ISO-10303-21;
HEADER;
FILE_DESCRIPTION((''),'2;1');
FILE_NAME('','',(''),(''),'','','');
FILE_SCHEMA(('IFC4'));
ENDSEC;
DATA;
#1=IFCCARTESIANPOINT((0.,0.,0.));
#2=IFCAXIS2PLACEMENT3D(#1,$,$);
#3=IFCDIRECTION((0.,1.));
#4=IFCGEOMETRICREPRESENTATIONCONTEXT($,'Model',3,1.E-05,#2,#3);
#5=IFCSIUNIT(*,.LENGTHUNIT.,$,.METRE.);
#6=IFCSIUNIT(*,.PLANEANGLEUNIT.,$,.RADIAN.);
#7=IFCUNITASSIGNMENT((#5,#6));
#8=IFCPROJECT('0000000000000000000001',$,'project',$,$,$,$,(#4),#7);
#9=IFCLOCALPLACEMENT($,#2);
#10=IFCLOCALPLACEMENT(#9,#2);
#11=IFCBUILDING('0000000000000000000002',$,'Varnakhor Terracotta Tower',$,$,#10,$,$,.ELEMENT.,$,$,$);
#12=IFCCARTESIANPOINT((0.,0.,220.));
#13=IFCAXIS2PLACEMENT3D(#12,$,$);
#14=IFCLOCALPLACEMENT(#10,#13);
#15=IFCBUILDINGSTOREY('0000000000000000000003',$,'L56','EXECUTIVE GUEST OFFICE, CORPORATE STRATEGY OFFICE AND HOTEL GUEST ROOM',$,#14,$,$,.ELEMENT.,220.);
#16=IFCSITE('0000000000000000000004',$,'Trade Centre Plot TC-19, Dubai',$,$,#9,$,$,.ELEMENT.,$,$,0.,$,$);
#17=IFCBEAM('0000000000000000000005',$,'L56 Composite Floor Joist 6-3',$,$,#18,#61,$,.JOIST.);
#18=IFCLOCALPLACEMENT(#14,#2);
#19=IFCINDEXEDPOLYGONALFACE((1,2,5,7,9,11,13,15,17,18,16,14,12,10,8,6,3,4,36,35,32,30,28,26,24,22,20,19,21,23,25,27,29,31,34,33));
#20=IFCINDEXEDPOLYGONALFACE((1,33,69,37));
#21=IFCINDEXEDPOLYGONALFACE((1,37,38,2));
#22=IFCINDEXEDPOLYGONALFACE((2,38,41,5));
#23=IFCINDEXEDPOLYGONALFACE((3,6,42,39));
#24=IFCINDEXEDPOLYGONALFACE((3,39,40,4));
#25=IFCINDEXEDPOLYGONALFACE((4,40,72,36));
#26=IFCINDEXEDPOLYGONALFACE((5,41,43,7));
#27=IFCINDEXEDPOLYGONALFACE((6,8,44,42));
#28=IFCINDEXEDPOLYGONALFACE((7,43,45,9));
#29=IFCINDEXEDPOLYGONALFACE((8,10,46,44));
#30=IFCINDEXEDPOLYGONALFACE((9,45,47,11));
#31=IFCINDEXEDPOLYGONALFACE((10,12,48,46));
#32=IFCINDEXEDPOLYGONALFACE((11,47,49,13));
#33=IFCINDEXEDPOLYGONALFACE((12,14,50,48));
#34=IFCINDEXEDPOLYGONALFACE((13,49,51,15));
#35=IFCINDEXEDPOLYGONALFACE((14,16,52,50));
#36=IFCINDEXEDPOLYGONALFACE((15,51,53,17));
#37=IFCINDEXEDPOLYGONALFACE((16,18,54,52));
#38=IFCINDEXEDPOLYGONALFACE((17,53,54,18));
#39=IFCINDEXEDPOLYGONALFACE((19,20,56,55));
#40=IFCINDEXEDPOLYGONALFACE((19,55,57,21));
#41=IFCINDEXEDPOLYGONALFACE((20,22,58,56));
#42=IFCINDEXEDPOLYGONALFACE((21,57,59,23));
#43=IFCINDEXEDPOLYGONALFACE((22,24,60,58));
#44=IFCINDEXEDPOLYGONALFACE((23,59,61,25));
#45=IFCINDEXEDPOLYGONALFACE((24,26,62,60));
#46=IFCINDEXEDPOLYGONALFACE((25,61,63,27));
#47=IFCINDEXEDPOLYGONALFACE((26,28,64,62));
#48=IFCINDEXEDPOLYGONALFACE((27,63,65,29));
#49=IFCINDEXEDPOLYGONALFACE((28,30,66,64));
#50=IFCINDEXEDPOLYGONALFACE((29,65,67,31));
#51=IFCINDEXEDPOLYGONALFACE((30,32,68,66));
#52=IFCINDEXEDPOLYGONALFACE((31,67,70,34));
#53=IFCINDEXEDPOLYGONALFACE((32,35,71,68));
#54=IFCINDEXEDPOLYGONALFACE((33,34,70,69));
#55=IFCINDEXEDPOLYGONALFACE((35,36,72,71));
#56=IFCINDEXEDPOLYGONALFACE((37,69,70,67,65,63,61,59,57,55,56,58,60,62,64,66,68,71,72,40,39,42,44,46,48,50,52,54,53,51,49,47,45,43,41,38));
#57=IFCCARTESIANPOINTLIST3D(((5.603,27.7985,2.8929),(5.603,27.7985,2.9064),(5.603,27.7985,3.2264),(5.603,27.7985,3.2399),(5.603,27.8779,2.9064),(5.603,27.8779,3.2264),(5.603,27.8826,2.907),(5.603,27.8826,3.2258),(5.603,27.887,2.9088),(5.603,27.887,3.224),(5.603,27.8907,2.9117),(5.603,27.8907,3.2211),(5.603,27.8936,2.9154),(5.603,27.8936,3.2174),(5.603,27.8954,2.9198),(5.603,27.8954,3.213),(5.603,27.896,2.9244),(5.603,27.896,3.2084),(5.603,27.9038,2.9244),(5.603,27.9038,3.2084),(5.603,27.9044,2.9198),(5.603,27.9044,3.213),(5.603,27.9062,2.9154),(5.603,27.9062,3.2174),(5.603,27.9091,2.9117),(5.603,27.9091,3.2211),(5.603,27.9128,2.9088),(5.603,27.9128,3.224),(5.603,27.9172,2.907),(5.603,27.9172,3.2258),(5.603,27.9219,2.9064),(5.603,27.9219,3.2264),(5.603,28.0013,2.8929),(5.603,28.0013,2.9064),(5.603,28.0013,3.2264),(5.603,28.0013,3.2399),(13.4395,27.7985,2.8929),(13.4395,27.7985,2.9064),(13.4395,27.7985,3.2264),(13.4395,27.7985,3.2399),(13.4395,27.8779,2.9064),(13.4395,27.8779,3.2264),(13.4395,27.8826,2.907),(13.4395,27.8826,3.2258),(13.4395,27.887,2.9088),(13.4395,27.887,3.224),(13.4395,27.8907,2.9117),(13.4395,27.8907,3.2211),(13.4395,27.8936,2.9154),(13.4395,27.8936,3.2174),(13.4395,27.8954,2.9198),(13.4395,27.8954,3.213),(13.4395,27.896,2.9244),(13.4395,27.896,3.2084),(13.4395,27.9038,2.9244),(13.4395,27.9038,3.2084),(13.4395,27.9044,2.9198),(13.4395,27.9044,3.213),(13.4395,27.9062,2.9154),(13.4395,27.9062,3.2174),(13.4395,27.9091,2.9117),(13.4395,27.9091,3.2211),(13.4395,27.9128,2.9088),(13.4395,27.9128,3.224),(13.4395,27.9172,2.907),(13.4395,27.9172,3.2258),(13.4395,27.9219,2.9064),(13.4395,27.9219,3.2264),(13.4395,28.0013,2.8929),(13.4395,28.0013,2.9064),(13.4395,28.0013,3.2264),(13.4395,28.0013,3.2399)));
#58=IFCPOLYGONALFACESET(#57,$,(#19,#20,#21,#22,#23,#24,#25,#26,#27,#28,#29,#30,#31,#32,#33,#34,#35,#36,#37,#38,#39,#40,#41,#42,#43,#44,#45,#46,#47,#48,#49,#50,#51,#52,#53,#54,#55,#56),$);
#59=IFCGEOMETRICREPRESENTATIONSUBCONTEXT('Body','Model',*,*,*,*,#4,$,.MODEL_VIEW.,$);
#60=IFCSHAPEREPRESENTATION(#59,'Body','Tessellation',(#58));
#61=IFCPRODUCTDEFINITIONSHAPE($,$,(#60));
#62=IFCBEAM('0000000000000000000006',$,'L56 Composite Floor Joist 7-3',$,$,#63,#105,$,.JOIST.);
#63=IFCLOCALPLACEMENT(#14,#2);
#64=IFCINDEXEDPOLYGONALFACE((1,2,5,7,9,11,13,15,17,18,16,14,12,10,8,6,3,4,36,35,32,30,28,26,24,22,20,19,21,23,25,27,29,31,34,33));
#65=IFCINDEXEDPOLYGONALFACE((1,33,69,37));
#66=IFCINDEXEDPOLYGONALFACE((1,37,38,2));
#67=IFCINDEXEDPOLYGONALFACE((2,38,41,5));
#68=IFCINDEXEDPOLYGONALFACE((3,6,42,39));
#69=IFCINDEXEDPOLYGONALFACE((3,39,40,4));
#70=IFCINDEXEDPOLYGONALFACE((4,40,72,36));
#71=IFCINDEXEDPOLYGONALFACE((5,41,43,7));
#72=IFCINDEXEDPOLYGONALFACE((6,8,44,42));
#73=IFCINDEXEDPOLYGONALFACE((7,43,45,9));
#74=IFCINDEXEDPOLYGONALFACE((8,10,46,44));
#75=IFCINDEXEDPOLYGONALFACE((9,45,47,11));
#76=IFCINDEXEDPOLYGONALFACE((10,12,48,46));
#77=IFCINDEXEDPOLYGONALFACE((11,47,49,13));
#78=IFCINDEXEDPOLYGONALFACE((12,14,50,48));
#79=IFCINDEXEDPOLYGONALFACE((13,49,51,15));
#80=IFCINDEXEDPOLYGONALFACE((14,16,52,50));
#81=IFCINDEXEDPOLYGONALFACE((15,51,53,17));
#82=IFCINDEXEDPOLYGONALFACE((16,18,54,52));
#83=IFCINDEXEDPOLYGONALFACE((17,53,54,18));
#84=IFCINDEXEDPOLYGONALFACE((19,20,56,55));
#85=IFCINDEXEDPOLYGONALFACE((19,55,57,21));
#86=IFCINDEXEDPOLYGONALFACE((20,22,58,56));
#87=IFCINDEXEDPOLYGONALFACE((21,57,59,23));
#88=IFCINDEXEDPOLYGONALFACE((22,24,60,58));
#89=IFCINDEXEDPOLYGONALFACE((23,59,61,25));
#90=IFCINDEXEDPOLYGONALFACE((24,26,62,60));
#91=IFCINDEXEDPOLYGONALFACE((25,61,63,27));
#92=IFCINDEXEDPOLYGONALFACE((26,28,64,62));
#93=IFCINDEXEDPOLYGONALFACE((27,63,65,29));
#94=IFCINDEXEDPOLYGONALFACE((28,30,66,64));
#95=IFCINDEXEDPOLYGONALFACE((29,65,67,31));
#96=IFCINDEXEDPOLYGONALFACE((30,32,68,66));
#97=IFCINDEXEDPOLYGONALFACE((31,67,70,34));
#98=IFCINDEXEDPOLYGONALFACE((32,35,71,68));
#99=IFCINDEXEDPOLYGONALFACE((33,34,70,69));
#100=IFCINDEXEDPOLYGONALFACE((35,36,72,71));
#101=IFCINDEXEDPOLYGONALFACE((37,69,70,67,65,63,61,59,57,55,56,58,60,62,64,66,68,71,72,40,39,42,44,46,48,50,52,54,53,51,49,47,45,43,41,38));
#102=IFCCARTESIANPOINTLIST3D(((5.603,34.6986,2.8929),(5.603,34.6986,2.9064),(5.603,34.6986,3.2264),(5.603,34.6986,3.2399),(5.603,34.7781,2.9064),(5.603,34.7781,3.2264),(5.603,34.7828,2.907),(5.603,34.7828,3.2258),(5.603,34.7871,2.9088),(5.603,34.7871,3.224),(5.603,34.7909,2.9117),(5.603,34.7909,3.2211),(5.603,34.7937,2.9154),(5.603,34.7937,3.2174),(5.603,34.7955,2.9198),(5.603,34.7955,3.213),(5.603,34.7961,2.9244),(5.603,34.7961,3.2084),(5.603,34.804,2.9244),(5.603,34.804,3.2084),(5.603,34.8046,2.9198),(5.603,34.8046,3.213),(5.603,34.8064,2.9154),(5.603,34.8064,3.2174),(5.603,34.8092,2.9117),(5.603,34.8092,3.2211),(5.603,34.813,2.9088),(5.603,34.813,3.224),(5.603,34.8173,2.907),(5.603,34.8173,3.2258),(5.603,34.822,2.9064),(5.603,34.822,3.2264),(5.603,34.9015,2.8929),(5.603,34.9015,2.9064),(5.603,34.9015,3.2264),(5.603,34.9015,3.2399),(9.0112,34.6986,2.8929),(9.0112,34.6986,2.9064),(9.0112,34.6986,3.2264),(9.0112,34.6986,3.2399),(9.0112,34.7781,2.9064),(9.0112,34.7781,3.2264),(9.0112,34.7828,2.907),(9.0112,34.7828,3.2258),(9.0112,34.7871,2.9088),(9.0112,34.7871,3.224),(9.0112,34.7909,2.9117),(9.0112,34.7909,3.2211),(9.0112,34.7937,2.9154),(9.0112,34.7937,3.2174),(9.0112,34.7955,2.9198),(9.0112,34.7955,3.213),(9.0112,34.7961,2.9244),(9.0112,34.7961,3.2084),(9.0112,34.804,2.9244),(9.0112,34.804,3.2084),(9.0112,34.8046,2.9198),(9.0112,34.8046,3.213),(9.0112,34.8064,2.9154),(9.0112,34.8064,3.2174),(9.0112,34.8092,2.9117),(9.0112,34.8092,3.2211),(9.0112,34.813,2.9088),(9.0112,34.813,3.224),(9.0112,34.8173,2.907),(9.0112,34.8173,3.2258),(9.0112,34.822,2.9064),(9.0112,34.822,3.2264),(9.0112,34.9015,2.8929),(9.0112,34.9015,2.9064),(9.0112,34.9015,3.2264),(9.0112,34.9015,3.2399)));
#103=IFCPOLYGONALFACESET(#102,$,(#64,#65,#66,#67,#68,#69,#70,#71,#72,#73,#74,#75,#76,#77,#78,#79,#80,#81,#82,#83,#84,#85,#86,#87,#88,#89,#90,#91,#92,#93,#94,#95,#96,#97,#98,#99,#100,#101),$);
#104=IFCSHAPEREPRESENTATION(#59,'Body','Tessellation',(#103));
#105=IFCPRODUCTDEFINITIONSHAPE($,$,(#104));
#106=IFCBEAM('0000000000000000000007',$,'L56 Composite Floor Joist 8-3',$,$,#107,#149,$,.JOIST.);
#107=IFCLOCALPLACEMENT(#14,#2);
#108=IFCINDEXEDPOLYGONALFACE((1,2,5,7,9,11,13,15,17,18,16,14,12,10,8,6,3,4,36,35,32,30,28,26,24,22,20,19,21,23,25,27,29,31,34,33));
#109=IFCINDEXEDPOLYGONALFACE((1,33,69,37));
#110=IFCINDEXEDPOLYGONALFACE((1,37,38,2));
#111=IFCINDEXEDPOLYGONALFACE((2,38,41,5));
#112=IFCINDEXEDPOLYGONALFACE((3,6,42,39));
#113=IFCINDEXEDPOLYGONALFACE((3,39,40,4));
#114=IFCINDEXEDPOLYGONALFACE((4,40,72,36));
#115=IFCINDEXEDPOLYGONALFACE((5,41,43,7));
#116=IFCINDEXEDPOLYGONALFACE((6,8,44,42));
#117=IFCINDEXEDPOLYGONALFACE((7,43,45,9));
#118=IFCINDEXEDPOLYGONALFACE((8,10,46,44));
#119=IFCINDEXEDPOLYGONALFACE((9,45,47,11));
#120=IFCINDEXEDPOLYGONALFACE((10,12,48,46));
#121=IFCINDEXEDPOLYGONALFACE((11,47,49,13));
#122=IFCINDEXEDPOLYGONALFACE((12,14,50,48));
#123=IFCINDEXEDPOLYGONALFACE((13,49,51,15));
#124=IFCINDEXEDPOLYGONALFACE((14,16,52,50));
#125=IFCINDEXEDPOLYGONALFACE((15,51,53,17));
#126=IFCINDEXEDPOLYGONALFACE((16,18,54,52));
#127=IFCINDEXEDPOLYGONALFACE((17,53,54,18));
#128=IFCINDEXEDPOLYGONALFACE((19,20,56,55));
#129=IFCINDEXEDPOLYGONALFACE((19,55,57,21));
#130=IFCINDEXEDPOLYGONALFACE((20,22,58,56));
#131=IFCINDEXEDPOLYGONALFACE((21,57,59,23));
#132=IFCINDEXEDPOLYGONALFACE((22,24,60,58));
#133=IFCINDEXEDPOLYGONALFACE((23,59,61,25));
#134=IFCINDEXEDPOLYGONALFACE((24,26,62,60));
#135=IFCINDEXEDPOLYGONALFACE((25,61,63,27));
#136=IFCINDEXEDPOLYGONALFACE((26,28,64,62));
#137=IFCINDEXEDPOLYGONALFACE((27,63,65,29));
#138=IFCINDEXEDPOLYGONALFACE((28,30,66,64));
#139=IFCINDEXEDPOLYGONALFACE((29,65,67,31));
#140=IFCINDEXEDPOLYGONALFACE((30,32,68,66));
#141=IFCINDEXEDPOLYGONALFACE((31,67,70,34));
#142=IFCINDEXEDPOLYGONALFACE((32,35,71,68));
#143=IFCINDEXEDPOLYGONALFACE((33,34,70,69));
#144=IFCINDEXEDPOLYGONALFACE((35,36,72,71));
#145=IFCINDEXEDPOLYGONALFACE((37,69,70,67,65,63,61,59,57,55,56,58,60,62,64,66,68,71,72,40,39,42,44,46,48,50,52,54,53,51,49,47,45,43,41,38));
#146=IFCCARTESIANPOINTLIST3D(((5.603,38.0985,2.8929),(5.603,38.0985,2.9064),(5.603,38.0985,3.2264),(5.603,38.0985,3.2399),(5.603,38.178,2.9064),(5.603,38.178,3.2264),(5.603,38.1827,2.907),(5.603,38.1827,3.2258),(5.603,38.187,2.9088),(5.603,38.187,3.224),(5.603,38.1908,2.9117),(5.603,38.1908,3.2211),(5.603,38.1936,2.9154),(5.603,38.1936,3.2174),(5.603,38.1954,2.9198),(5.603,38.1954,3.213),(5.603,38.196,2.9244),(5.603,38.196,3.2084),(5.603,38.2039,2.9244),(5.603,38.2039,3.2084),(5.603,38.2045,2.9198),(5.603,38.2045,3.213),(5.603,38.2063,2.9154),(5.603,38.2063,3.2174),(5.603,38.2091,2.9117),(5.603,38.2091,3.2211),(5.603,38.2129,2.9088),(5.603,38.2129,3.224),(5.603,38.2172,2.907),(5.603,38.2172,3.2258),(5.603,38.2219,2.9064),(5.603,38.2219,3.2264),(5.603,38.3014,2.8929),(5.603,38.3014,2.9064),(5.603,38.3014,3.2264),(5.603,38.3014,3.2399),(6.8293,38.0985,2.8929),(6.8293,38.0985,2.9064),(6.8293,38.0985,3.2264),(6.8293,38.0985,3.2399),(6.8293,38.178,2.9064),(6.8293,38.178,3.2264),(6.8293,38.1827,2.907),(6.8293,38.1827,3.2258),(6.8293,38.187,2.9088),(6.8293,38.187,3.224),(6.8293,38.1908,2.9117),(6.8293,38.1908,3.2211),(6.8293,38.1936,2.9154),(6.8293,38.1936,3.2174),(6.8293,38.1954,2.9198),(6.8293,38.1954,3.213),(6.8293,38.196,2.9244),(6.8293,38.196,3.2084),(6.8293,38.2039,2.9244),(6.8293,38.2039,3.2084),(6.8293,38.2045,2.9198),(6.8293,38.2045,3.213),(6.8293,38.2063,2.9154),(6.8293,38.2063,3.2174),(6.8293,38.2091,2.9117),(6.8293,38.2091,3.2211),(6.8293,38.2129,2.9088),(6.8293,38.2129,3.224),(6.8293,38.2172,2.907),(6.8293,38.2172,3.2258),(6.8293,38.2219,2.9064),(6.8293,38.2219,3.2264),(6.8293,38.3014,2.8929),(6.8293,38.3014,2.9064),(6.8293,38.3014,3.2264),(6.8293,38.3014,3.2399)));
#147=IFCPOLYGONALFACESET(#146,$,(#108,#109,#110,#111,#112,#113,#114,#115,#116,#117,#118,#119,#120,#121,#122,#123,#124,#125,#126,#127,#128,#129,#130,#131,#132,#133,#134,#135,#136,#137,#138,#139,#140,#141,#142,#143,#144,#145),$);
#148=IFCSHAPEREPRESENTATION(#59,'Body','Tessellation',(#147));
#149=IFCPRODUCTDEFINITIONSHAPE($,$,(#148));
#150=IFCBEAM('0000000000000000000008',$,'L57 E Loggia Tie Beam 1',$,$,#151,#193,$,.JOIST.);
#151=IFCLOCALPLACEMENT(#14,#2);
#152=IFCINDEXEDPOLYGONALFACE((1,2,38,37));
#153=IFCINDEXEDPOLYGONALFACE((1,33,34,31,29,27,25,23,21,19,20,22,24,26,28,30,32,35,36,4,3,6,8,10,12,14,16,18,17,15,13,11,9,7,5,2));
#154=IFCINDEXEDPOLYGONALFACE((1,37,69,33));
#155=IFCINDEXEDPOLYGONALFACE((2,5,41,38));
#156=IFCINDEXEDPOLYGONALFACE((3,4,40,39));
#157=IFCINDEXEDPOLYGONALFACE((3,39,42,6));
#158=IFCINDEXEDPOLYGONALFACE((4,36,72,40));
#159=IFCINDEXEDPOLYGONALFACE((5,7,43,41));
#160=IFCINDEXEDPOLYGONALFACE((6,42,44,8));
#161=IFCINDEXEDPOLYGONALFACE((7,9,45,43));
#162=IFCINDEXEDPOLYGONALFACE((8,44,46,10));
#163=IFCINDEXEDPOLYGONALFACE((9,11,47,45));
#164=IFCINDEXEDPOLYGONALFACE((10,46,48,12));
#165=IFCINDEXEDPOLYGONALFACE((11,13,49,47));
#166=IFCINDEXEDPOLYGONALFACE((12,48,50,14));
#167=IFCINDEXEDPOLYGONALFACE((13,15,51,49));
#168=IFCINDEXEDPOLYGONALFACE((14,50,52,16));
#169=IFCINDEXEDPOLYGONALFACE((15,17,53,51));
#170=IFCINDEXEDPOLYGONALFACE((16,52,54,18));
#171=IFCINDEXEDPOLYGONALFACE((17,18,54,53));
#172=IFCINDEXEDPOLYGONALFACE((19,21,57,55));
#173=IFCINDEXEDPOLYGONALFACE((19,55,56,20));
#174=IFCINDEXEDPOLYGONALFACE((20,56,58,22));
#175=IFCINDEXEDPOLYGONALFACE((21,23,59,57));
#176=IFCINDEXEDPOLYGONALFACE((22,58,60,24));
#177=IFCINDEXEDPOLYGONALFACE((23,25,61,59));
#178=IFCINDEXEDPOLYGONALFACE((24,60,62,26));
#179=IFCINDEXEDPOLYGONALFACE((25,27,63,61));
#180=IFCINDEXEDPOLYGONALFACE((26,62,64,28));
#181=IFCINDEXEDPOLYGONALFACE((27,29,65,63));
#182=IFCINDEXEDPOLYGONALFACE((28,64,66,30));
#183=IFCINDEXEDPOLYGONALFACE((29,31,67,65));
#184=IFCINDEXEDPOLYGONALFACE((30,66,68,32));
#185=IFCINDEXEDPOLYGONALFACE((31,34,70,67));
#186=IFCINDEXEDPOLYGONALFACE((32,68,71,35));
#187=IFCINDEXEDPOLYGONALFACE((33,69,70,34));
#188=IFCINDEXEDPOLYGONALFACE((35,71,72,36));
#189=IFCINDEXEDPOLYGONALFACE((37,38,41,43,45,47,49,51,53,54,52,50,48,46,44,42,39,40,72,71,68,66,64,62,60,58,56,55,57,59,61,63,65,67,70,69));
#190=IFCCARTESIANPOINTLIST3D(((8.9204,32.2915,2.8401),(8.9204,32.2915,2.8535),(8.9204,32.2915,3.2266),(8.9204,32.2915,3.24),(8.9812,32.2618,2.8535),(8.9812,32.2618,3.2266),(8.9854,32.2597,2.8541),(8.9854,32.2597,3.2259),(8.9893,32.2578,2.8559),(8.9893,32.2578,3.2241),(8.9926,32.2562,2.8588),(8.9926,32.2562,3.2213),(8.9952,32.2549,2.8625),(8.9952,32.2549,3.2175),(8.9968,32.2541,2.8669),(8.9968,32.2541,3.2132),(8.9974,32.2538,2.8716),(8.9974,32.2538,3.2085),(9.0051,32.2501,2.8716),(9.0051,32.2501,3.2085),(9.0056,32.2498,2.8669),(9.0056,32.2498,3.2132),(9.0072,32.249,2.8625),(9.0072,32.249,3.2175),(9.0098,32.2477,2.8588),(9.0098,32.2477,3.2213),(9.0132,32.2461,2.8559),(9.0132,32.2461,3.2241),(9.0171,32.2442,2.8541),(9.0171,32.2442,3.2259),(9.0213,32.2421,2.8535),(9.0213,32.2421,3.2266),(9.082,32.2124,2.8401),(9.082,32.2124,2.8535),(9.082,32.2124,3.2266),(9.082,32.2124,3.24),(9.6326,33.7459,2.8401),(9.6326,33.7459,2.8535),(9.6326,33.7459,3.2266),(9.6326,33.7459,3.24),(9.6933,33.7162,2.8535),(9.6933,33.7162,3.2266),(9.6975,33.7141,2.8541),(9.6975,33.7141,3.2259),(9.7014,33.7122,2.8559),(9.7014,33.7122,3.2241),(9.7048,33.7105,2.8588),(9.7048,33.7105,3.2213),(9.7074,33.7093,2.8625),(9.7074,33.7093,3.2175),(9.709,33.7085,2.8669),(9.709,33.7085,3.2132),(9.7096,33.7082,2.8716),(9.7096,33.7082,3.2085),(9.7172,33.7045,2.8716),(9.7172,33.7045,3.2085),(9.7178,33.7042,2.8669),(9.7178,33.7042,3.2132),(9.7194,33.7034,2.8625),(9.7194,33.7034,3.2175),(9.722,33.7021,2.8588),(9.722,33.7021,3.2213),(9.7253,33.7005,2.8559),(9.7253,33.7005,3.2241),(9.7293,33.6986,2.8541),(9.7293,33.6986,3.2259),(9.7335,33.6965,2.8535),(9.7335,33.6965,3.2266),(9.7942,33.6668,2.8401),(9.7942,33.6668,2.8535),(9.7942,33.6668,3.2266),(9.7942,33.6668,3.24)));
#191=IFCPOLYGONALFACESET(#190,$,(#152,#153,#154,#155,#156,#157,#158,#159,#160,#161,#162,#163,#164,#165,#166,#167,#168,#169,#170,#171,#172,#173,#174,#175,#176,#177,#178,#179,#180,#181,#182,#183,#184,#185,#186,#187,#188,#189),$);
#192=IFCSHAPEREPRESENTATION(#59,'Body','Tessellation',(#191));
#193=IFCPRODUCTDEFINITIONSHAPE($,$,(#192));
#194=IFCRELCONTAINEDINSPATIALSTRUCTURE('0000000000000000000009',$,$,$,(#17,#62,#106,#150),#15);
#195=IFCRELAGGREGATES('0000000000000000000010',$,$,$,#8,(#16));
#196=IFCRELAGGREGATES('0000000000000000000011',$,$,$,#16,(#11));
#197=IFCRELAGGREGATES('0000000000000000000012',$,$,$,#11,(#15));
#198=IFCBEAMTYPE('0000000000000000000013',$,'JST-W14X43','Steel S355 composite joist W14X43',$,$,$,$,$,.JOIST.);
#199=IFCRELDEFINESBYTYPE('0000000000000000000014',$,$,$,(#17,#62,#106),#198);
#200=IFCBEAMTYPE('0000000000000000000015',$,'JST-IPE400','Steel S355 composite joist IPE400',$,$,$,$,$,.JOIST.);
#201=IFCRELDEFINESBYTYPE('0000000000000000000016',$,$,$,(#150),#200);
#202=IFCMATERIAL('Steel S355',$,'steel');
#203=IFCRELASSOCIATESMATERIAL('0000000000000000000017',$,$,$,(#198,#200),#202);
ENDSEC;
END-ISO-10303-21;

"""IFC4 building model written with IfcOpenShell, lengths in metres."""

from ifc_helpers import new_model, si_unit, direction, frame, origin, origin_2d, place, context, subcontext, project, spatial, i_section, extrude, source, transform, mapped, material, material_profile, profile_set, type_object, element, save


model = new_model("IFC4")

# Units and contexts
model_context = context("Model", 3, precision=1e-05, world=origin(), true_north=direction((0.0, 1.0)))
body_context = subcontext(model_context, "Body", "Model", "MODEL_VIEW")
ifc_project = project(units=[si_unit("LENGTHUNIT", "METRE"), si_unit("PLANEANGLEUNIT", "RADIAN")], contexts=[model_context])

# Site, building, storey
site_placement = place(None, origin())
site = spatial("IfcSite", under=ifc_project, at=site_placement, Name="Trade Centre Plot TC-19, Dubai", CompositionType="ELEMENT", RefElevation=0.0)
building_placement = place(site_placement, origin())
building = spatial("IfcBuilding", under=site, at=building_placement, Name="Varnakhor Terracotta Tower", CompositionType="ELEMENT")
storey_placement = place(building_placement, frame((0.0, 0.0, 220.0)))
storey = spatial("IfcBuildingStorey", under=building, at=storey_placement, Name="L56", Description="EXECUTIVE GUEST OFFICE, CORPORATE STRATEGY OFFICE AND HOTEL GUEST ROOM", CompositionType="ELEMENT", Elevation=220.0)

# Beams
ifc_material_1 = material(Name="Steel S355", Category="steel")
ifc_material_profile_1 = material_profile(ifc_material_1, i_section(OverallWidth=0.2029, OverallDepth=0.3469, WebThickness=0.0078, FlangeThickness=0.0134, FilletRadius=0.0181, at=origin_2d()), Name="W14X43")
ifc_profile_set_1 = profile_set([ifc_material_profile_1], Name="Steel S355")
beam_type_1 = type_object("IfcBeamType", Name="JST-W14X43", Description="Steel S355 composite joist W14X43", PredefinedType="JOIST", material=ifc_profile_set_1)
shared_shape_1 = source(origin(), body_context, "Body", "SweptSolid", [
    extrude(i_section(OverallWidth=0.2029, OverallDepth=0.3469, WebThickness=0.0078, FlangeThickness=0.0134, FilletRadius=0.0181, at=origin_2d()), origin(), (0.0, 0.0, 1.0), 7.8364),
])
beam_1_placement = place(storey_placement, frame((5.603, 27.8999, 3.0664), z_axis=(1.0, 0.0, 0.0), x_axis=(0.0, 1.0, 0.0)))
element("IfcBeam", 1, at=beam_1_placement, inside=storey, type_object=beam_type_1, Name="L56 Composite Floor Joist 6-3", PredefinedType="JOIST", context=body_context, shape_type="MappedRepresentation", body=[
    mapped(shared_shape_1, transform((0.0, 0.0, 0.0), scale=1.0)),
])
shared_shape_2 = source(origin(), body_context, "Body", "SweptSolid", [
    extrude(i_section(OverallWidth=0.2029, OverallDepth=0.3469, WebThickness=0.0078, FlangeThickness=0.0134, FilletRadius=0.0181, at=origin_2d()), origin(), (0.0, 0.0, 1.0), 3.4082),
])
beam_2_placement = place(storey_placement, frame((5.603, 34.8, 3.0664), z_axis=(1.0, 0.0, 0.0), x_axis=(0.0, 1.0, 0.0)))
element("IfcBeam", 2, at=beam_2_placement, inside=storey, type_object=beam_type_1, Name="L56 Composite Floor Joist 7-3", PredefinedType="JOIST", context=body_context, shape_type="MappedRepresentation", body=[
    mapped(shared_shape_2, transform((0.0, 0.0, 0.0), scale=1.0)),
])
shared_shape_3 = source(origin(), body_context, "Body", "SweptSolid", [
    extrude(i_section(OverallWidth=0.2029, OverallDepth=0.3469, WebThickness=0.0078, FlangeThickness=0.0134, FilletRadius=0.0181, at=origin_2d()), origin(), (0.0, 0.0, 1.0), 1.2263),
])
beam_3_placement = place(storey_placement, frame((5.603, 38.2, 3.0664), z_axis=(1.0, 0.0, 0.0), x_axis=(0.0, 1.0, 0.0)))
element("IfcBeam", 3, at=beam_3_placement, inside=storey, type_object=beam_type_1, Name="L56 Composite Floor Joist 8-3", PredefinedType="JOIST", context=body_context, shape_type="MappedRepresentation", body=[
    mapped(shared_shape_3, transform((0.0, 0.0, 0.0), scale=1.0)),
])
ifc_material_profile_2 = material_profile(ifc_material_1, i_section(OverallWidth=0.1799, OverallDepth=0.3999, WebThickness=0.0085, FlangeThickness=0.0134, FilletRadius=0.0181, at=origin_2d()), Name="IPE400")
ifc_profile_set_2 = profile_set([ifc_material_profile_2], Name="Steel S355")
beam_type_2 = type_object("IfcBeamType", Name="JST-IPE400", Description="Steel S355 composite joist IPE400", PredefinedType="JOIST", material=ifc_profile_set_2)
shared_shape_4 = source(origin(), body_context, "Body", "SweptSolid", [
    extrude(i_section(OverallWidth=0.1799, OverallDepth=0.3999, WebThickness=0.0085, FlangeThickness=0.0134, FilletRadius=0.0181, at=origin_2d()), origin(), (0.0, 0.0, 1.0), 1.6194),
])
beam_4_placement = place(storey_placement, frame((9.0012, 32.252, 3.04), z_axis=(0.439781, 0.898105, 0.0), x_axis=(-0.898105, 0.439781, 0.0)))
element("IfcBeam", 4, at=beam_4_placement, inside=storey, type_object=beam_type_2, Name="L57 E Loggia Tie Beam 1", PredefinedType="JOIST", context=body_context, shape_type="MappedRepresentation", body=[
    mapped(shared_shape_4, transform((0.0, 0.0, 0.0), scale=1.0)),
])

save(model, "model.ifc")
